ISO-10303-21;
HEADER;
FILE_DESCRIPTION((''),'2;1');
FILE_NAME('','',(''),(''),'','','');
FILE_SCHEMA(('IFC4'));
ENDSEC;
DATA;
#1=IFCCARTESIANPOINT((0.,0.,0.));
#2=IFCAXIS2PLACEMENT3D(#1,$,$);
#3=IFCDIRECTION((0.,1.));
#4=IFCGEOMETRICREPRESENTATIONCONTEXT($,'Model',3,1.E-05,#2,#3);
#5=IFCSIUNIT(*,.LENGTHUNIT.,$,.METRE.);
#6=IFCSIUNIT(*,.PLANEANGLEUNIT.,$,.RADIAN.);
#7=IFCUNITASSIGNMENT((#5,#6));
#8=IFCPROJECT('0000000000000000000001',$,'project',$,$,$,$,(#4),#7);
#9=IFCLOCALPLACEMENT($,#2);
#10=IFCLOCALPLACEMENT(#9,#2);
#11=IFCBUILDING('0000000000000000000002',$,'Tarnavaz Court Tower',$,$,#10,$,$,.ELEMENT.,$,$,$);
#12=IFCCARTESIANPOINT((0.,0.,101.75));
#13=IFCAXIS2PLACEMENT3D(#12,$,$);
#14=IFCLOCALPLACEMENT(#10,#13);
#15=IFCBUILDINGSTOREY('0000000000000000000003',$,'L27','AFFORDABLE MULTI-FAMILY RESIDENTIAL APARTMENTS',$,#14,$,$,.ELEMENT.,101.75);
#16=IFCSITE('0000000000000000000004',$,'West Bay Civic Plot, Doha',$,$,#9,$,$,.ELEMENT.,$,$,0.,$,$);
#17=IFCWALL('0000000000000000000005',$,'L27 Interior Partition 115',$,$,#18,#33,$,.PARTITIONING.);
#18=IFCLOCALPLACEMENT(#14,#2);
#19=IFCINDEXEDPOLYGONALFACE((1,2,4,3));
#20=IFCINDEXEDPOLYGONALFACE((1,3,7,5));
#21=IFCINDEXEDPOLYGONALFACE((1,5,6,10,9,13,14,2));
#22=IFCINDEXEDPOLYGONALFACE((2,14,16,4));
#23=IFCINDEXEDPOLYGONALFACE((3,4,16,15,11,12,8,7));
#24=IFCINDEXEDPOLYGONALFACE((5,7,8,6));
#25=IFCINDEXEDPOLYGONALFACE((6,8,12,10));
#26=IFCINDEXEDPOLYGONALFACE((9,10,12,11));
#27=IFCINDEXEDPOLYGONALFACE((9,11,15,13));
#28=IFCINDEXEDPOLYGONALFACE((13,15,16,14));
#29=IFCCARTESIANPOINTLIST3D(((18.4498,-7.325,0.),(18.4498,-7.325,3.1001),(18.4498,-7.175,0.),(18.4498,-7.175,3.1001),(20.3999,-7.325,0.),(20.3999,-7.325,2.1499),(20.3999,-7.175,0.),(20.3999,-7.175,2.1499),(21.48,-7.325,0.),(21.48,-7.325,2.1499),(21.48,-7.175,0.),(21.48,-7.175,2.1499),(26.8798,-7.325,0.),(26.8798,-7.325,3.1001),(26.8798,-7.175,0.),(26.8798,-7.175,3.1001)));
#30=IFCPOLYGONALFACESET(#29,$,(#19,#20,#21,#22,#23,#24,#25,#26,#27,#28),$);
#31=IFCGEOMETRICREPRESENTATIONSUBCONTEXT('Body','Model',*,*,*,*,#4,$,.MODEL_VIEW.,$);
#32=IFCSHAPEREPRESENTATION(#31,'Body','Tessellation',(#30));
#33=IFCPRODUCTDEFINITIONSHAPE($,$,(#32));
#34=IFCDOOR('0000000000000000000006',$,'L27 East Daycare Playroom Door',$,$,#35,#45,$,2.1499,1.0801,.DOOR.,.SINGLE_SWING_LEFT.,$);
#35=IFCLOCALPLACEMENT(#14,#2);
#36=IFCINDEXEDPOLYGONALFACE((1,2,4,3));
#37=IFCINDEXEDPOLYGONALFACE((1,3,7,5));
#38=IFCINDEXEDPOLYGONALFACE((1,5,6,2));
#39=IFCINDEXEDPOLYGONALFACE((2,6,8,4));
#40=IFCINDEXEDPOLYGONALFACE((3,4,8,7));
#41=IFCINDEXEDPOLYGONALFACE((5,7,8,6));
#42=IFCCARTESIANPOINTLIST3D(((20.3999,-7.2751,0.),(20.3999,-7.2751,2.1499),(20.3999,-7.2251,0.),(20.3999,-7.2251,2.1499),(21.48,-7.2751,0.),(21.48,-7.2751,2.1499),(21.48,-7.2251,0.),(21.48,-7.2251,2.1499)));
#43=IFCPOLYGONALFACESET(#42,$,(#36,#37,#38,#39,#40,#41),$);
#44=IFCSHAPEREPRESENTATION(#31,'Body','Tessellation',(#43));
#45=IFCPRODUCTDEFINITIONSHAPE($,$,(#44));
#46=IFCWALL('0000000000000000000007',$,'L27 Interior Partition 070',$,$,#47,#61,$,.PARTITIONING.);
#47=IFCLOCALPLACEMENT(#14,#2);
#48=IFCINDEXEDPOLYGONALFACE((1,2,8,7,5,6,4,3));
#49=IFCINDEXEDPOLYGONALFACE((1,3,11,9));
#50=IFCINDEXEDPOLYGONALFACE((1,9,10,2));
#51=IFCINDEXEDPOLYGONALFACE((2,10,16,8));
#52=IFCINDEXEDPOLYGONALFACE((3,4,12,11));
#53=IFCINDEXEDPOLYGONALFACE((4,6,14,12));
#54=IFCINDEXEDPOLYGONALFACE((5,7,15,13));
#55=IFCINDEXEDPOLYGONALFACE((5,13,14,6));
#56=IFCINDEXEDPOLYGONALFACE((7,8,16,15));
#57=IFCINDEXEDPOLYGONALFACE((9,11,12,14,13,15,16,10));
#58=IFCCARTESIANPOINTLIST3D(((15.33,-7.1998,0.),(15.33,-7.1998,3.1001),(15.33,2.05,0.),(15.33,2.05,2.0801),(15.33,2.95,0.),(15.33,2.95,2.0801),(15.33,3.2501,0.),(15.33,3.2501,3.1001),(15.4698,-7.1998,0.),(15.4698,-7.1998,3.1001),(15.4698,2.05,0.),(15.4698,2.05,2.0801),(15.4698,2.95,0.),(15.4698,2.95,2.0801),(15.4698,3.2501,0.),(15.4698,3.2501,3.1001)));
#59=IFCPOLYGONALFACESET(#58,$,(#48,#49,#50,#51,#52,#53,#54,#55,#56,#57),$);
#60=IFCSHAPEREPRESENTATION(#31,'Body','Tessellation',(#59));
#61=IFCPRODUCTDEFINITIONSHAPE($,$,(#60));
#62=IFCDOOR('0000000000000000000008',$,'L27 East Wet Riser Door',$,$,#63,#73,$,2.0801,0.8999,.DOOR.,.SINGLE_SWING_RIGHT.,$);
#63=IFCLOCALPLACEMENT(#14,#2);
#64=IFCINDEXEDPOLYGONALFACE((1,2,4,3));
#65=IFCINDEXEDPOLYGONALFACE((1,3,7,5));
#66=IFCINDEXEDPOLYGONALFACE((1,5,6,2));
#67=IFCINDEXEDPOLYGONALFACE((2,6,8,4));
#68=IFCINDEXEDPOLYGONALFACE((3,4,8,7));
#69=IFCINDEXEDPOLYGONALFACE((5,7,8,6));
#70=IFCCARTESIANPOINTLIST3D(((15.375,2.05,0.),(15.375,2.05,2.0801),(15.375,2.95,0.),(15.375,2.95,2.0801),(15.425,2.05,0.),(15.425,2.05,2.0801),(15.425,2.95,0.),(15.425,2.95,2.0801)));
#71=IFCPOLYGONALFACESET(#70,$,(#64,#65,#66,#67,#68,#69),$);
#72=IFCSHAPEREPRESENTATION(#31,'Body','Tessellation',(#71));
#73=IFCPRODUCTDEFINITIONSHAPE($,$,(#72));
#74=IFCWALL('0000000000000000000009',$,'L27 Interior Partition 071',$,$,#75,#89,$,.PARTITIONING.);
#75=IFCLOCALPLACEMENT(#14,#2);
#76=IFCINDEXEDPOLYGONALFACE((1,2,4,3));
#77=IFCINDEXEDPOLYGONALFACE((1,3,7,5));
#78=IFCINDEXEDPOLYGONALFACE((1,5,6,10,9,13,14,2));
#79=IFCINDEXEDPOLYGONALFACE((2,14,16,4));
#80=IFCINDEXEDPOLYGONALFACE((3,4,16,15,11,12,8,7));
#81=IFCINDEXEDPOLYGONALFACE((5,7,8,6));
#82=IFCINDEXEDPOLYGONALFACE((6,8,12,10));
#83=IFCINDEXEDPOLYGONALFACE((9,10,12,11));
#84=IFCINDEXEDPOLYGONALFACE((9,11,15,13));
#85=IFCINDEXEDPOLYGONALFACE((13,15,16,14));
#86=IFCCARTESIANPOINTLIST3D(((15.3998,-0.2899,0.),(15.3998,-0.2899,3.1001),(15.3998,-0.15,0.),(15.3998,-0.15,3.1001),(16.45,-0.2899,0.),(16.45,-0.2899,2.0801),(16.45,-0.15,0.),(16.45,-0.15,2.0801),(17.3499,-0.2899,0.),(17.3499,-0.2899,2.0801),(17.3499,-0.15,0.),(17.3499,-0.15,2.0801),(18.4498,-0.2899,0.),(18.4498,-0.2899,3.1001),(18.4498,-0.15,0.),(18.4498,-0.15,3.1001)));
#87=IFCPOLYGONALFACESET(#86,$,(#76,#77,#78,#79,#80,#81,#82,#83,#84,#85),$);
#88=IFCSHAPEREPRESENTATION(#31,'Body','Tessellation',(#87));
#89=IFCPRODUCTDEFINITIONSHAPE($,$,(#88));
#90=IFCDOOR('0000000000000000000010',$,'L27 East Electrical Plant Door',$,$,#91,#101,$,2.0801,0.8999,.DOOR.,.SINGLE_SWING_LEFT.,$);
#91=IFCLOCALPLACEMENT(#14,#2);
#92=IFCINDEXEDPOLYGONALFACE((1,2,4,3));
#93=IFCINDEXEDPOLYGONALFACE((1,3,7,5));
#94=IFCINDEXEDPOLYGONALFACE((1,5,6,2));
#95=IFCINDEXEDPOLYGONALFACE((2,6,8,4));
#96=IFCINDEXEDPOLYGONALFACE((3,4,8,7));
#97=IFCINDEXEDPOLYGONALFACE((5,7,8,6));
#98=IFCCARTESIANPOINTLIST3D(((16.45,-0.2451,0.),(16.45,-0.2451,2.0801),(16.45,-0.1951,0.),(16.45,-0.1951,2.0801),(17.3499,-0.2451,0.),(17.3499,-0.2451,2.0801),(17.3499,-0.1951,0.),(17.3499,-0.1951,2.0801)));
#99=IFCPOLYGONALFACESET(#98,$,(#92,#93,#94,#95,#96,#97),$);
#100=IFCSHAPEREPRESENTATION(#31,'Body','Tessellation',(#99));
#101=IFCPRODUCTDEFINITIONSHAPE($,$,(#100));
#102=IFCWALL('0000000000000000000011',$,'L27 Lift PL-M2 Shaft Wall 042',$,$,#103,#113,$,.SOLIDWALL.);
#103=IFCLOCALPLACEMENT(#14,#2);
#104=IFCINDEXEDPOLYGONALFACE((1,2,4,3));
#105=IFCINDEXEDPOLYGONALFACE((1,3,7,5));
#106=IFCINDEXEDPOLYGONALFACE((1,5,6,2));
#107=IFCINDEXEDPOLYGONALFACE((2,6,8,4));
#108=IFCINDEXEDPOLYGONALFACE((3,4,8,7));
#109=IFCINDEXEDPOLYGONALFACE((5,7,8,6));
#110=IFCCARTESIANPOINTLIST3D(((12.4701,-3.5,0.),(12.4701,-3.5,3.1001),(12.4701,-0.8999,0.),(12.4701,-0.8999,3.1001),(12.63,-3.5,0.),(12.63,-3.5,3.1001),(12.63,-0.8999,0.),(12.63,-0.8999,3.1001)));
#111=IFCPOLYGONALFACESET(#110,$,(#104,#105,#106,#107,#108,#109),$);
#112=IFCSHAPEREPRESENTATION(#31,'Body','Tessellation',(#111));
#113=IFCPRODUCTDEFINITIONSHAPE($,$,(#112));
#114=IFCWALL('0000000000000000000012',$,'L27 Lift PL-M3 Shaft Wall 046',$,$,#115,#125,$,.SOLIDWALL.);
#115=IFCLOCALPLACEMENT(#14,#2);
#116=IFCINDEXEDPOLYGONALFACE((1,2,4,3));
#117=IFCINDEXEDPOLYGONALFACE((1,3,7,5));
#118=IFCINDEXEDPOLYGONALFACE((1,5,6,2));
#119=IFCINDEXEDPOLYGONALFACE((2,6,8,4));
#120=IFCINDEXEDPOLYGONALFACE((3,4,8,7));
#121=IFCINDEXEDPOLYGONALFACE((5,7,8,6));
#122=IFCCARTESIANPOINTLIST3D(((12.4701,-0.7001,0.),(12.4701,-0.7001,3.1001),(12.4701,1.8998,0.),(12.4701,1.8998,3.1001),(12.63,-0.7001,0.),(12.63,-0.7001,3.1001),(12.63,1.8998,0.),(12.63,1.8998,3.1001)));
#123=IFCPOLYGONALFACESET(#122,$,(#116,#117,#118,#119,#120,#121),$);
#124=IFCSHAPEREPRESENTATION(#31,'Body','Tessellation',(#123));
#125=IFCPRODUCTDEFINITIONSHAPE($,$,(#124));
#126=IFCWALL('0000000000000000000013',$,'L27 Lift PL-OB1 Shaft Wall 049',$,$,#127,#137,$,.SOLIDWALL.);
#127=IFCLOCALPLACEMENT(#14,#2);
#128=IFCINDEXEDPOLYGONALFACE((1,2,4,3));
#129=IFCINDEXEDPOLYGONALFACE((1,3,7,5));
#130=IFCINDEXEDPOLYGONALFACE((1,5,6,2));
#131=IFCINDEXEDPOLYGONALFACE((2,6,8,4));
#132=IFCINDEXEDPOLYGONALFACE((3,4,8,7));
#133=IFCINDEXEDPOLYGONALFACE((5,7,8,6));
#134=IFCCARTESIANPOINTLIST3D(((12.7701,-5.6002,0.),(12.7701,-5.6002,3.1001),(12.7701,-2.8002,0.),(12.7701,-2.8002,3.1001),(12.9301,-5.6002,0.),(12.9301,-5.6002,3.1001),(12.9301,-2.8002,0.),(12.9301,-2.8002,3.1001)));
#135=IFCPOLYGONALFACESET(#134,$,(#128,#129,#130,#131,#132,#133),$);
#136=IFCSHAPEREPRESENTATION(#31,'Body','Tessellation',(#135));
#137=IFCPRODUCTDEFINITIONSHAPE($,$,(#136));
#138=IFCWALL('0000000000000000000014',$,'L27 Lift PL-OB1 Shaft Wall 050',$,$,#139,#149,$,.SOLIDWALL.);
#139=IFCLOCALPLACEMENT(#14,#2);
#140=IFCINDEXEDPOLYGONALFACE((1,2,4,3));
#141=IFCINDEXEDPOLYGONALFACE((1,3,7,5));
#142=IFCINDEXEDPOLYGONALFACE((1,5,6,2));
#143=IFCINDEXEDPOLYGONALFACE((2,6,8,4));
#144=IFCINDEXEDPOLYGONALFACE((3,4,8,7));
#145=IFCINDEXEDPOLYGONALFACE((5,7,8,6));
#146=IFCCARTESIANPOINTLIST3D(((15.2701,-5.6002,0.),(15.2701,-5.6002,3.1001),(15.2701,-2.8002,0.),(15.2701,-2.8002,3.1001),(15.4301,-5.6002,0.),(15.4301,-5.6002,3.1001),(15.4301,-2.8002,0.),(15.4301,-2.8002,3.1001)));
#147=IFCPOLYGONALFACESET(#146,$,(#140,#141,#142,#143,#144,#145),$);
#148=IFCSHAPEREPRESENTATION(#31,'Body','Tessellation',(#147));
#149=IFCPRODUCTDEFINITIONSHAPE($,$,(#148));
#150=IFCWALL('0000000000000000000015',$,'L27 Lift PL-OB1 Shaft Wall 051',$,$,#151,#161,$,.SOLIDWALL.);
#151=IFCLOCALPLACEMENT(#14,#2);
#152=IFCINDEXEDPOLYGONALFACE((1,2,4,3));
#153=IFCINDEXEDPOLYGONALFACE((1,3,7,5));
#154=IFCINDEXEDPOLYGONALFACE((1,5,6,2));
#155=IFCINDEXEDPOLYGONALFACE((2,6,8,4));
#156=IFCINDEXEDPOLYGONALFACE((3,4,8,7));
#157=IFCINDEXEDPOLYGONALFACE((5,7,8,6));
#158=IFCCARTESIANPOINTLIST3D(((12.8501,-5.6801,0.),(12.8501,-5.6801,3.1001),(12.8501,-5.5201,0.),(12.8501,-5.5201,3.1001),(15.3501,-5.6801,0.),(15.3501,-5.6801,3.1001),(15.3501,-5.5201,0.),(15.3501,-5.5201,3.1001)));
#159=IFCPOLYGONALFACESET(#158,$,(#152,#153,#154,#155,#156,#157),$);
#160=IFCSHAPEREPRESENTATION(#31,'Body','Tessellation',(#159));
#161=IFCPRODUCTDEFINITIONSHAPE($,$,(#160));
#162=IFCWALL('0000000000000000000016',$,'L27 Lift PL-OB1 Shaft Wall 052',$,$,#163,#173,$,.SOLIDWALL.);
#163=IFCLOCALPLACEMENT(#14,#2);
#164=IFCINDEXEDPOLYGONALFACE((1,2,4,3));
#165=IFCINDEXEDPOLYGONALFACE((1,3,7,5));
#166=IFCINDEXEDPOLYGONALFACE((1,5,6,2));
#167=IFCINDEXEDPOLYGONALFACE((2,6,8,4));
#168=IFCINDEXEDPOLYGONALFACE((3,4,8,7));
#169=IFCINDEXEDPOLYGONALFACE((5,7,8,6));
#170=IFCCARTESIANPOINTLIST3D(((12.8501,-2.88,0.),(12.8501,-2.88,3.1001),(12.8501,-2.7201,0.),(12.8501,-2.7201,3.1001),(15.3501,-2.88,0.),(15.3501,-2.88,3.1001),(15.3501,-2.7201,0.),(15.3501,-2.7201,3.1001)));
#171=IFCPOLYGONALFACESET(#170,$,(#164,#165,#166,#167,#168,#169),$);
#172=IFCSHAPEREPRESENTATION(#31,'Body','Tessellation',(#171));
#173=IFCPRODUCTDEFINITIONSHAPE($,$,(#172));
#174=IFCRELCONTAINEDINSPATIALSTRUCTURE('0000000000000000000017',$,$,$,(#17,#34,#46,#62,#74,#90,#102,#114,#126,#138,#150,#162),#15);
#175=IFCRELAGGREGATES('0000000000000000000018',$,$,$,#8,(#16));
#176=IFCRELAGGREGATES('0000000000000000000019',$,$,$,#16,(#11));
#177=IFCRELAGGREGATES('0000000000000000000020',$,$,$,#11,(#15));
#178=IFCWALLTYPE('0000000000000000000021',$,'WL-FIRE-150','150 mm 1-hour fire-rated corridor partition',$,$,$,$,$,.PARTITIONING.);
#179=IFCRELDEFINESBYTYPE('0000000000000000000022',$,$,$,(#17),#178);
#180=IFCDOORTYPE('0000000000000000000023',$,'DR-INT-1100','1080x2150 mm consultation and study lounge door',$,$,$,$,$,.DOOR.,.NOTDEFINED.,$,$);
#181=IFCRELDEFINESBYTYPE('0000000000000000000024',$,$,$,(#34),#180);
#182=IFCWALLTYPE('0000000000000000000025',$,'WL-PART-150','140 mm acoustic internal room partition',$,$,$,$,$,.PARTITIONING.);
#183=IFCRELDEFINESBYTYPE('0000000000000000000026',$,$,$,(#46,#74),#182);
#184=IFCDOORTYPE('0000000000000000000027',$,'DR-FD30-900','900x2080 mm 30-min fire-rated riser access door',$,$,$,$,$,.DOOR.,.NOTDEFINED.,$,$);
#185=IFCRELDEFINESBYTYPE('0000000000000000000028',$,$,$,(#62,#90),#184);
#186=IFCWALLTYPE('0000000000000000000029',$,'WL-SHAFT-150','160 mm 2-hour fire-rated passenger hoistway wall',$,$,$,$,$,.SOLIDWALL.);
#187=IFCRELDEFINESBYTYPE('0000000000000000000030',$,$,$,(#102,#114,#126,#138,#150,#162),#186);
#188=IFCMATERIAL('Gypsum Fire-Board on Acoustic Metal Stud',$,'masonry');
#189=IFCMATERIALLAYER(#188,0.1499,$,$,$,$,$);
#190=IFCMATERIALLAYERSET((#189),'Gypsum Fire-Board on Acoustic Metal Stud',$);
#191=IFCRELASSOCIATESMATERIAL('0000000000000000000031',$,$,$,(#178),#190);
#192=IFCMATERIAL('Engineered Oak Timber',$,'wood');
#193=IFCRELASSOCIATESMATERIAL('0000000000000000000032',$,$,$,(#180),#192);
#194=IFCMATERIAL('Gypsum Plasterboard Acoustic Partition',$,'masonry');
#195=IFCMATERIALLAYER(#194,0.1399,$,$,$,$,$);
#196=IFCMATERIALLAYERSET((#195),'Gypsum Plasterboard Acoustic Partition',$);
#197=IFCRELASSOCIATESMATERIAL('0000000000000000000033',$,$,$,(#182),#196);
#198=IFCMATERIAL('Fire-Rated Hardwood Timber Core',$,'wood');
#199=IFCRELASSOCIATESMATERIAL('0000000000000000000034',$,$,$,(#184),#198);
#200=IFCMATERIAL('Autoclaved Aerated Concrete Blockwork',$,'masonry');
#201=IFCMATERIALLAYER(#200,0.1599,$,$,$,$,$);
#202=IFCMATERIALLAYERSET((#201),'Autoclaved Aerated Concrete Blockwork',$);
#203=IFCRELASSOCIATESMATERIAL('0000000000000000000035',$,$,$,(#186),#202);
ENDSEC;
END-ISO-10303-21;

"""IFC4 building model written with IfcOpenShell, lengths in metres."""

from ifc_helpers import new_model, si_unit, direction, frame, frame_2d, origin, place, context, subcontext, project, spatial, rectangle, extrude, material, layer, layer_set, type_object, element, fill, save


model = new_model("IFC4")

# Units and contexts
model_context = context("Model", 3, precision=1e-05, world=origin(), true_north=direction((0.0, 1.0)))
body_context = subcontext(model_context, "Body", "Model", "MODEL_VIEW")
ifc_project = project(units=[si_unit("LENGTHUNIT", "METRE"), si_unit("PLANEANGLEUNIT", "RADIAN")], contexts=[model_context])

# Site, building, storey
site_placement = place(None, origin())
site = spatial("IfcSite", under=ifc_project, at=site_placement, Name="West Bay Civic Plot, Doha", CompositionType="ELEMENT", RefElevation=0.0)
building_placement = place(site_placement, origin())
building = spatial("IfcBuilding", under=site, at=building_placement, Name="Tarnavaz Court Tower", CompositionType="ELEMENT")
storey_placement = place(building_placement, frame((0.0, 0.0, 101.75)))
storey = spatial("IfcBuildingStorey", under=building, at=storey_placement, Name="L27", Description="AFFORDABLE MULTI-FAMILY RESIDENTIAL APARTMENTS", CompositionType="ELEMENT", Elevation=101.75)

# Walls, openings, doors
ifc_material_1 = material(Name="Gypsum Fire-Board on Acoustic Metal Stud", Category="masonry")
ifc_layer_1 = layer(ifc_material_1, 0.1499)
ifc_layer_set_1 = layer_set([ifc_layer_1], Name="Gypsum Fire-Board on Acoustic Metal Stud")
wall_type_1 = type_object("IfcWallType", Name="WL-FIRE-150", Description="150 mm 1-hour fire-rated corridor partition", PredefinedType="PARTITIONING", material=ifc_layer_set_1)
wall_1_placement = place(storey_placement, frame((18.45, -7.25, 0.0), z_axis=(0.0, 0.0, 1.0), x_axis=(1.0, 0.0, 0.0)))
wall_1 = element("IfcWall", 1, at=wall_1_placement, inside=storey, type_object=wall_type_1, Name="L27 Interior Partition 115", PredefinedType="PARTITIONING", context=body_context, shape_type="SweptSolid", body=[
    extrude(rectangle(XDim=8.4299, YDim=0.1499, at=frame_2d((4.2148, 0.0))), origin(), (0.0, 0.0, 1.0), 3.1001),
])
opening_1_placement = place(wall_1_placement, frame((1.95, 0.0, 0.0)))
opening_1 = element("IfcOpeningElement", 2, at=opening_1_placement, cuts=wall_1, PredefinedType="OPENING", context=body_context, shape_type="SweptSolid", body=[
    extrude(rectangle(XDim=1.0801, YDim=2.1499, at=frame_2d((0.54, 1.075))), frame((0.0, 0.085, 0.0), z_axis=(0.0, -1.0, 0.0), x_axis=(1.0, 0.0, 0.0)), (0.0, 0.0, 1.0), 0.1699),
])
ifc_material_2 = material(Name="Engineered Oak Timber", Category="wood")
door_type_1 = type_object("IfcDoorType", Name="DR-INT-1100", Description="1080x2150 mm consultation and study lounge door", OperationType="NOTDEFINED", PredefinedType="DOOR", material=ifc_material_2)
door_1_placement = place(opening_1_placement, origin())
door_1 = element("IfcDoor", 3, at=door_1_placement, inside=storey, type_object=door_type_1, Name="L27 East Daycare Playroom Door", OperationType="SINGLE_SWING_LEFT", OverallHeight=2.1499, OverallWidth=1.0801, PredefinedType="DOOR", context=body_context, shape_type="SweptSolid", body=[
    extrude(rectangle(XDim=1.0801, YDim=2.1499, at=frame_2d((0.54, 1.075))), frame((0.0, 0.0249, 0.0), z_axis=(0.0, -1.0, 0.0), x_axis=(1.0, 0.0, 0.0)), (0.0, 0.0, 1.0), 0.05),
])
fill(opening_1, door_1)
ifc_material_3 = material(Name="Gypsum Plasterboard Acoustic Partition", Category="masonry")
ifc_layer_2 = layer(ifc_material_3, 0.1399)
ifc_layer_set_2 = layer_set([ifc_layer_2], Name="Gypsum Plasterboard Acoustic Partition")
wall_type_2 = type_object("IfcWallType", Name="WL-PART-150", Description="140 mm acoustic internal room partition", PredefinedType="PARTITIONING", material=ifc_layer_set_2)
wall_2_placement = place(storey_placement, frame((15.3999, -7.2, 0.0), z_axis=(0.0, 0.0, 1.0), x_axis=(0.0, 1.0, 0.0)))
wall_2 = element("IfcWall", 4, at=wall_2_placement, inside=storey, type_object=wall_type_2, Name="L27 Interior Partition 070", PredefinedType="PARTITIONING", context=body_context, shape_type="SweptSolid", body=[
    extrude(rectangle(XDim=10.45, YDim=0.1399, at=frame_2d((5.2251, 0.0))), origin(), (0.0, 0.0, 1.0), 3.1001),
])
opening_2_placement = place(wall_2_placement, frame((9.25, 0.0, 0.0)))
opening_2 = element("IfcOpeningElement", 5, at=opening_2_placement, cuts=wall_2, PredefinedType="OPENING", context=body_context, shape_type="SweptSolid", body=[
    extrude(rectangle(XDim=0.8999, YDim=2.0801, at=frame_2d((0.45, 1.04))), frame((0.0, 0.0798, 0.0), z_axis=(0.0, -1.0, 0.0), x_axis=(1.0, 0.0, 0.0)), (0.0, 0.0, 1.0), 0.1599),
])
ifc_material_4 = material(Name="Fire-Rated Hardwood Timber Core", Category="wood")
door_type_2 = type_object("IfcDoorType", Name="DR-FD30-900", Description="900x2080 mm 30-min fire-rated riser access door", OperationType="NOTDEFINED", PredefinedType="DOOR", material=ifc_material_4)
door_2_placement = place(opening_2_placement, origin())
door_2 = element("IfcDoor", 6, at=door_2_placement, inside=storey, type_object=door_type_2, Name="L27 East Wet Riser Door", OperationType="SINGLE_SWING_RIGHT", OverallHeight=2.0801, OverallWidth=0.8999, PredefinedType="DOOR", context=body_context, shape_type="SweptSolid", body=[
    extrude(rectangle(XDim=0.8999, YDim=2.0801, at=frame_2d((0.45, 1.04))), frame((0.0, 0.0249, 0.0), z_axis=(0.0, -1.0, 0.0), x_axis=(1.0, 0.0, 0.0)), (0.0, 0.0, 1.0), 0.05),
])
fill(opening_2, door_2)
wall_3_placement = place(storey_placement, frame((15.3999, -0.22, 0.0), z_axis=(0.0, 0.0, 1.0), x_axis=(1.0, 0.0, 0.0)))
wall_3 = element("IfcWall", 7, at=wall_3_placement, inside=storey, type_object=wall_type_2, Name="L27 Interior Partition 071", PredefinedType="PARTITIONING", context=body_context, shape_type="SweptSolid", body=[
    extrude(rectangle(XDim=3.05, YDim=0.1399, at=frame_2d((1.5249, 0.0))), origin(), (0.0, 0.0, 1.0), 3.1001),
])
opening_3_placement = place(wall_3_placement, frame((1.05, 0.0, 0.0)))
opening_3 = element("IfcOpeningElement", 8, at=opening_3_placement, cuts=wall_3, PredefinedType="OPENING", context=body_context, shape_type="SweptSolid", body=[
    extrude(rectangle(XDim=0.8999, YDim=2.0801, at=frame_2d((0.45, 1.04))), frame((0.0, 0.0798, 0.0), z_axis=(0.0, -1.0, 0.0), x_axis=(1.0, 0.0, 0.0)), (0.0, 0.0, 1.0), 0.1599),
])
door_3_placement = place(opening_3_placement, origin())
door_3 = element("IfcDoor", 9, at=door_3_placement, inside=storey, type_object=door_type_2, Name="L27 East Electrical Plant Door", OperationType="SINGLE_SWING_LEFT", OverallHeight=2.0801, OverallWidth=0.8999, PredefinedType="DOOR", context=body_context, shape_type="SweptSolid", body=[
    extrude(rectangle(XDim=0.8999, YDim=2.0801, at=frame_2d((0.45, 1.04))), frame((0.0, 0.0249, 0.0), z_axis=(0.0, -1.0, 0.0), x_axis=(1.0, 0.0, 0.0)), (0.0, 0.0, 1.0), 0.05),
])
fill(opening_3, door_3)

# Walls
ifc_material_5 = material(Name="Autoclaved Aerated Concrete Blockwork", Category="masonry")
ifc_layer_3 = layer(ifc_material_5, 0.1599)
ifc_layer_set_3 = layer_set([ifc_layer_3], Name="Autoclaved Aerated Concrete Blockwork")
wall_type_3 = type_object("IfcWallType", Name="WL-SHAFT-150", Description="160 mm 2-hour fire-rated passenger hoistway wall", PredefinedType="SOLIDWALL", material=ifc_layer_set_3)
wall_4_placement = place(storey_placement, frame((12.55, -3.5, 0.0), z_axis=(0.0, 0.0, 1.0), x_axis=(0.0, 1.0, 0.0)))
element("IfcWall", 10, at=wall_4_placement, inside=storey, type_object=wall_type_3, Name="L27 Lift PL-M2 Shaft Wall 042", PredefinedType="SOLIDWALL", context=body_context, shape_type="SweptSolid", body=[
    extrude(rectangle(XDim=2.6001, YDim=0.1599, at=frame_2d((1.3, 0.0))), origin(), (0.0, 0.0, 1.0), 3.1001),
])
wall_5_placement = place(storey_placement, frame((12.55, -0.7, 0.0), z_axis=(0.0, 0.0, 1.0), x_axis=(0.0, 1.0, 0.0)))
element("IfcWall", 11, at=wall_5_placement, inside=storey, type_object=wall_type_3, Name="L27 Lift PL-M3 Shaft Wall 046", PredefinedType="SOLIDWALL", context=body_context, shape_type="SweptSolid", body=[
    extrude(rectangle(XDim=2.5999, YDim=0.1599, at=frame_2d((1.2998, 0.0))), origin(), (0.0, 0.0, 1.0), 3.1001),
])
for number, where, z_axis, x_axis, name in (
    (12, (12.8501, -5.6001, 0.0), (0.0, 0.0, 1.0), (0.0, 1.0, 0.0), "L27 Lift PL-OB1 Shaft Wall 049"),
    (13, (15.3501, -5.6001, 0.0), (0.0, 0.0, 1.0), (0.0, 1.0, 0.0), "L27 Lift PL-OB1 Shaft Wall 050"),
):
    element("IfcWall", number, at=place(storey_placement, frame(where, z_axis=z_axis, x_axis=x_axis)), inside=storey, type_object=wall_type_3, Name=name, PredefinedType="SOLIDWALL", context=body_context, shape_type="SweptSolid", body=[
        extrude(rectangle(XDim=2.8, YDim=0.1599, at=frame_2d((1.3999, 0.0))), origin(), (0.0, 0.0, 1.0), 3.1001),
    ])
for number, where, z_axis, x_axis, name in (
    (14, (12.8501, -5.6001, 0.0), (0.0, 0.0, 1.0), (1.0, 0.0, 0.0), "L27 Lift PL-OB1 Shaft Wall 051"),
    (15, (12.8501, -2.8, 0.0), (0.0, 0.0, 1.0), (1.0, 0.0, 0.0), "L27 Lift PL-OB1 Shaft Wall 052"),
):
    element("IfcWall", number, at=place(storey_placement, frame(where, z_axis=z_axis, x_axis=x_axis)), inside=storey, type_object=wall_type_3, Name=name, PredefinedType="SOLIDWALL", context=body_context, shape_type="SweptSolid", body=[
        extrude(rectangle(XDim=2.5, YDim=0.1599, at=frame_2d((1.25, 0.0))), origin(), (0.0, 0.0, 1.0), 3.1001),
    ])

save(model, "model.ifc")
